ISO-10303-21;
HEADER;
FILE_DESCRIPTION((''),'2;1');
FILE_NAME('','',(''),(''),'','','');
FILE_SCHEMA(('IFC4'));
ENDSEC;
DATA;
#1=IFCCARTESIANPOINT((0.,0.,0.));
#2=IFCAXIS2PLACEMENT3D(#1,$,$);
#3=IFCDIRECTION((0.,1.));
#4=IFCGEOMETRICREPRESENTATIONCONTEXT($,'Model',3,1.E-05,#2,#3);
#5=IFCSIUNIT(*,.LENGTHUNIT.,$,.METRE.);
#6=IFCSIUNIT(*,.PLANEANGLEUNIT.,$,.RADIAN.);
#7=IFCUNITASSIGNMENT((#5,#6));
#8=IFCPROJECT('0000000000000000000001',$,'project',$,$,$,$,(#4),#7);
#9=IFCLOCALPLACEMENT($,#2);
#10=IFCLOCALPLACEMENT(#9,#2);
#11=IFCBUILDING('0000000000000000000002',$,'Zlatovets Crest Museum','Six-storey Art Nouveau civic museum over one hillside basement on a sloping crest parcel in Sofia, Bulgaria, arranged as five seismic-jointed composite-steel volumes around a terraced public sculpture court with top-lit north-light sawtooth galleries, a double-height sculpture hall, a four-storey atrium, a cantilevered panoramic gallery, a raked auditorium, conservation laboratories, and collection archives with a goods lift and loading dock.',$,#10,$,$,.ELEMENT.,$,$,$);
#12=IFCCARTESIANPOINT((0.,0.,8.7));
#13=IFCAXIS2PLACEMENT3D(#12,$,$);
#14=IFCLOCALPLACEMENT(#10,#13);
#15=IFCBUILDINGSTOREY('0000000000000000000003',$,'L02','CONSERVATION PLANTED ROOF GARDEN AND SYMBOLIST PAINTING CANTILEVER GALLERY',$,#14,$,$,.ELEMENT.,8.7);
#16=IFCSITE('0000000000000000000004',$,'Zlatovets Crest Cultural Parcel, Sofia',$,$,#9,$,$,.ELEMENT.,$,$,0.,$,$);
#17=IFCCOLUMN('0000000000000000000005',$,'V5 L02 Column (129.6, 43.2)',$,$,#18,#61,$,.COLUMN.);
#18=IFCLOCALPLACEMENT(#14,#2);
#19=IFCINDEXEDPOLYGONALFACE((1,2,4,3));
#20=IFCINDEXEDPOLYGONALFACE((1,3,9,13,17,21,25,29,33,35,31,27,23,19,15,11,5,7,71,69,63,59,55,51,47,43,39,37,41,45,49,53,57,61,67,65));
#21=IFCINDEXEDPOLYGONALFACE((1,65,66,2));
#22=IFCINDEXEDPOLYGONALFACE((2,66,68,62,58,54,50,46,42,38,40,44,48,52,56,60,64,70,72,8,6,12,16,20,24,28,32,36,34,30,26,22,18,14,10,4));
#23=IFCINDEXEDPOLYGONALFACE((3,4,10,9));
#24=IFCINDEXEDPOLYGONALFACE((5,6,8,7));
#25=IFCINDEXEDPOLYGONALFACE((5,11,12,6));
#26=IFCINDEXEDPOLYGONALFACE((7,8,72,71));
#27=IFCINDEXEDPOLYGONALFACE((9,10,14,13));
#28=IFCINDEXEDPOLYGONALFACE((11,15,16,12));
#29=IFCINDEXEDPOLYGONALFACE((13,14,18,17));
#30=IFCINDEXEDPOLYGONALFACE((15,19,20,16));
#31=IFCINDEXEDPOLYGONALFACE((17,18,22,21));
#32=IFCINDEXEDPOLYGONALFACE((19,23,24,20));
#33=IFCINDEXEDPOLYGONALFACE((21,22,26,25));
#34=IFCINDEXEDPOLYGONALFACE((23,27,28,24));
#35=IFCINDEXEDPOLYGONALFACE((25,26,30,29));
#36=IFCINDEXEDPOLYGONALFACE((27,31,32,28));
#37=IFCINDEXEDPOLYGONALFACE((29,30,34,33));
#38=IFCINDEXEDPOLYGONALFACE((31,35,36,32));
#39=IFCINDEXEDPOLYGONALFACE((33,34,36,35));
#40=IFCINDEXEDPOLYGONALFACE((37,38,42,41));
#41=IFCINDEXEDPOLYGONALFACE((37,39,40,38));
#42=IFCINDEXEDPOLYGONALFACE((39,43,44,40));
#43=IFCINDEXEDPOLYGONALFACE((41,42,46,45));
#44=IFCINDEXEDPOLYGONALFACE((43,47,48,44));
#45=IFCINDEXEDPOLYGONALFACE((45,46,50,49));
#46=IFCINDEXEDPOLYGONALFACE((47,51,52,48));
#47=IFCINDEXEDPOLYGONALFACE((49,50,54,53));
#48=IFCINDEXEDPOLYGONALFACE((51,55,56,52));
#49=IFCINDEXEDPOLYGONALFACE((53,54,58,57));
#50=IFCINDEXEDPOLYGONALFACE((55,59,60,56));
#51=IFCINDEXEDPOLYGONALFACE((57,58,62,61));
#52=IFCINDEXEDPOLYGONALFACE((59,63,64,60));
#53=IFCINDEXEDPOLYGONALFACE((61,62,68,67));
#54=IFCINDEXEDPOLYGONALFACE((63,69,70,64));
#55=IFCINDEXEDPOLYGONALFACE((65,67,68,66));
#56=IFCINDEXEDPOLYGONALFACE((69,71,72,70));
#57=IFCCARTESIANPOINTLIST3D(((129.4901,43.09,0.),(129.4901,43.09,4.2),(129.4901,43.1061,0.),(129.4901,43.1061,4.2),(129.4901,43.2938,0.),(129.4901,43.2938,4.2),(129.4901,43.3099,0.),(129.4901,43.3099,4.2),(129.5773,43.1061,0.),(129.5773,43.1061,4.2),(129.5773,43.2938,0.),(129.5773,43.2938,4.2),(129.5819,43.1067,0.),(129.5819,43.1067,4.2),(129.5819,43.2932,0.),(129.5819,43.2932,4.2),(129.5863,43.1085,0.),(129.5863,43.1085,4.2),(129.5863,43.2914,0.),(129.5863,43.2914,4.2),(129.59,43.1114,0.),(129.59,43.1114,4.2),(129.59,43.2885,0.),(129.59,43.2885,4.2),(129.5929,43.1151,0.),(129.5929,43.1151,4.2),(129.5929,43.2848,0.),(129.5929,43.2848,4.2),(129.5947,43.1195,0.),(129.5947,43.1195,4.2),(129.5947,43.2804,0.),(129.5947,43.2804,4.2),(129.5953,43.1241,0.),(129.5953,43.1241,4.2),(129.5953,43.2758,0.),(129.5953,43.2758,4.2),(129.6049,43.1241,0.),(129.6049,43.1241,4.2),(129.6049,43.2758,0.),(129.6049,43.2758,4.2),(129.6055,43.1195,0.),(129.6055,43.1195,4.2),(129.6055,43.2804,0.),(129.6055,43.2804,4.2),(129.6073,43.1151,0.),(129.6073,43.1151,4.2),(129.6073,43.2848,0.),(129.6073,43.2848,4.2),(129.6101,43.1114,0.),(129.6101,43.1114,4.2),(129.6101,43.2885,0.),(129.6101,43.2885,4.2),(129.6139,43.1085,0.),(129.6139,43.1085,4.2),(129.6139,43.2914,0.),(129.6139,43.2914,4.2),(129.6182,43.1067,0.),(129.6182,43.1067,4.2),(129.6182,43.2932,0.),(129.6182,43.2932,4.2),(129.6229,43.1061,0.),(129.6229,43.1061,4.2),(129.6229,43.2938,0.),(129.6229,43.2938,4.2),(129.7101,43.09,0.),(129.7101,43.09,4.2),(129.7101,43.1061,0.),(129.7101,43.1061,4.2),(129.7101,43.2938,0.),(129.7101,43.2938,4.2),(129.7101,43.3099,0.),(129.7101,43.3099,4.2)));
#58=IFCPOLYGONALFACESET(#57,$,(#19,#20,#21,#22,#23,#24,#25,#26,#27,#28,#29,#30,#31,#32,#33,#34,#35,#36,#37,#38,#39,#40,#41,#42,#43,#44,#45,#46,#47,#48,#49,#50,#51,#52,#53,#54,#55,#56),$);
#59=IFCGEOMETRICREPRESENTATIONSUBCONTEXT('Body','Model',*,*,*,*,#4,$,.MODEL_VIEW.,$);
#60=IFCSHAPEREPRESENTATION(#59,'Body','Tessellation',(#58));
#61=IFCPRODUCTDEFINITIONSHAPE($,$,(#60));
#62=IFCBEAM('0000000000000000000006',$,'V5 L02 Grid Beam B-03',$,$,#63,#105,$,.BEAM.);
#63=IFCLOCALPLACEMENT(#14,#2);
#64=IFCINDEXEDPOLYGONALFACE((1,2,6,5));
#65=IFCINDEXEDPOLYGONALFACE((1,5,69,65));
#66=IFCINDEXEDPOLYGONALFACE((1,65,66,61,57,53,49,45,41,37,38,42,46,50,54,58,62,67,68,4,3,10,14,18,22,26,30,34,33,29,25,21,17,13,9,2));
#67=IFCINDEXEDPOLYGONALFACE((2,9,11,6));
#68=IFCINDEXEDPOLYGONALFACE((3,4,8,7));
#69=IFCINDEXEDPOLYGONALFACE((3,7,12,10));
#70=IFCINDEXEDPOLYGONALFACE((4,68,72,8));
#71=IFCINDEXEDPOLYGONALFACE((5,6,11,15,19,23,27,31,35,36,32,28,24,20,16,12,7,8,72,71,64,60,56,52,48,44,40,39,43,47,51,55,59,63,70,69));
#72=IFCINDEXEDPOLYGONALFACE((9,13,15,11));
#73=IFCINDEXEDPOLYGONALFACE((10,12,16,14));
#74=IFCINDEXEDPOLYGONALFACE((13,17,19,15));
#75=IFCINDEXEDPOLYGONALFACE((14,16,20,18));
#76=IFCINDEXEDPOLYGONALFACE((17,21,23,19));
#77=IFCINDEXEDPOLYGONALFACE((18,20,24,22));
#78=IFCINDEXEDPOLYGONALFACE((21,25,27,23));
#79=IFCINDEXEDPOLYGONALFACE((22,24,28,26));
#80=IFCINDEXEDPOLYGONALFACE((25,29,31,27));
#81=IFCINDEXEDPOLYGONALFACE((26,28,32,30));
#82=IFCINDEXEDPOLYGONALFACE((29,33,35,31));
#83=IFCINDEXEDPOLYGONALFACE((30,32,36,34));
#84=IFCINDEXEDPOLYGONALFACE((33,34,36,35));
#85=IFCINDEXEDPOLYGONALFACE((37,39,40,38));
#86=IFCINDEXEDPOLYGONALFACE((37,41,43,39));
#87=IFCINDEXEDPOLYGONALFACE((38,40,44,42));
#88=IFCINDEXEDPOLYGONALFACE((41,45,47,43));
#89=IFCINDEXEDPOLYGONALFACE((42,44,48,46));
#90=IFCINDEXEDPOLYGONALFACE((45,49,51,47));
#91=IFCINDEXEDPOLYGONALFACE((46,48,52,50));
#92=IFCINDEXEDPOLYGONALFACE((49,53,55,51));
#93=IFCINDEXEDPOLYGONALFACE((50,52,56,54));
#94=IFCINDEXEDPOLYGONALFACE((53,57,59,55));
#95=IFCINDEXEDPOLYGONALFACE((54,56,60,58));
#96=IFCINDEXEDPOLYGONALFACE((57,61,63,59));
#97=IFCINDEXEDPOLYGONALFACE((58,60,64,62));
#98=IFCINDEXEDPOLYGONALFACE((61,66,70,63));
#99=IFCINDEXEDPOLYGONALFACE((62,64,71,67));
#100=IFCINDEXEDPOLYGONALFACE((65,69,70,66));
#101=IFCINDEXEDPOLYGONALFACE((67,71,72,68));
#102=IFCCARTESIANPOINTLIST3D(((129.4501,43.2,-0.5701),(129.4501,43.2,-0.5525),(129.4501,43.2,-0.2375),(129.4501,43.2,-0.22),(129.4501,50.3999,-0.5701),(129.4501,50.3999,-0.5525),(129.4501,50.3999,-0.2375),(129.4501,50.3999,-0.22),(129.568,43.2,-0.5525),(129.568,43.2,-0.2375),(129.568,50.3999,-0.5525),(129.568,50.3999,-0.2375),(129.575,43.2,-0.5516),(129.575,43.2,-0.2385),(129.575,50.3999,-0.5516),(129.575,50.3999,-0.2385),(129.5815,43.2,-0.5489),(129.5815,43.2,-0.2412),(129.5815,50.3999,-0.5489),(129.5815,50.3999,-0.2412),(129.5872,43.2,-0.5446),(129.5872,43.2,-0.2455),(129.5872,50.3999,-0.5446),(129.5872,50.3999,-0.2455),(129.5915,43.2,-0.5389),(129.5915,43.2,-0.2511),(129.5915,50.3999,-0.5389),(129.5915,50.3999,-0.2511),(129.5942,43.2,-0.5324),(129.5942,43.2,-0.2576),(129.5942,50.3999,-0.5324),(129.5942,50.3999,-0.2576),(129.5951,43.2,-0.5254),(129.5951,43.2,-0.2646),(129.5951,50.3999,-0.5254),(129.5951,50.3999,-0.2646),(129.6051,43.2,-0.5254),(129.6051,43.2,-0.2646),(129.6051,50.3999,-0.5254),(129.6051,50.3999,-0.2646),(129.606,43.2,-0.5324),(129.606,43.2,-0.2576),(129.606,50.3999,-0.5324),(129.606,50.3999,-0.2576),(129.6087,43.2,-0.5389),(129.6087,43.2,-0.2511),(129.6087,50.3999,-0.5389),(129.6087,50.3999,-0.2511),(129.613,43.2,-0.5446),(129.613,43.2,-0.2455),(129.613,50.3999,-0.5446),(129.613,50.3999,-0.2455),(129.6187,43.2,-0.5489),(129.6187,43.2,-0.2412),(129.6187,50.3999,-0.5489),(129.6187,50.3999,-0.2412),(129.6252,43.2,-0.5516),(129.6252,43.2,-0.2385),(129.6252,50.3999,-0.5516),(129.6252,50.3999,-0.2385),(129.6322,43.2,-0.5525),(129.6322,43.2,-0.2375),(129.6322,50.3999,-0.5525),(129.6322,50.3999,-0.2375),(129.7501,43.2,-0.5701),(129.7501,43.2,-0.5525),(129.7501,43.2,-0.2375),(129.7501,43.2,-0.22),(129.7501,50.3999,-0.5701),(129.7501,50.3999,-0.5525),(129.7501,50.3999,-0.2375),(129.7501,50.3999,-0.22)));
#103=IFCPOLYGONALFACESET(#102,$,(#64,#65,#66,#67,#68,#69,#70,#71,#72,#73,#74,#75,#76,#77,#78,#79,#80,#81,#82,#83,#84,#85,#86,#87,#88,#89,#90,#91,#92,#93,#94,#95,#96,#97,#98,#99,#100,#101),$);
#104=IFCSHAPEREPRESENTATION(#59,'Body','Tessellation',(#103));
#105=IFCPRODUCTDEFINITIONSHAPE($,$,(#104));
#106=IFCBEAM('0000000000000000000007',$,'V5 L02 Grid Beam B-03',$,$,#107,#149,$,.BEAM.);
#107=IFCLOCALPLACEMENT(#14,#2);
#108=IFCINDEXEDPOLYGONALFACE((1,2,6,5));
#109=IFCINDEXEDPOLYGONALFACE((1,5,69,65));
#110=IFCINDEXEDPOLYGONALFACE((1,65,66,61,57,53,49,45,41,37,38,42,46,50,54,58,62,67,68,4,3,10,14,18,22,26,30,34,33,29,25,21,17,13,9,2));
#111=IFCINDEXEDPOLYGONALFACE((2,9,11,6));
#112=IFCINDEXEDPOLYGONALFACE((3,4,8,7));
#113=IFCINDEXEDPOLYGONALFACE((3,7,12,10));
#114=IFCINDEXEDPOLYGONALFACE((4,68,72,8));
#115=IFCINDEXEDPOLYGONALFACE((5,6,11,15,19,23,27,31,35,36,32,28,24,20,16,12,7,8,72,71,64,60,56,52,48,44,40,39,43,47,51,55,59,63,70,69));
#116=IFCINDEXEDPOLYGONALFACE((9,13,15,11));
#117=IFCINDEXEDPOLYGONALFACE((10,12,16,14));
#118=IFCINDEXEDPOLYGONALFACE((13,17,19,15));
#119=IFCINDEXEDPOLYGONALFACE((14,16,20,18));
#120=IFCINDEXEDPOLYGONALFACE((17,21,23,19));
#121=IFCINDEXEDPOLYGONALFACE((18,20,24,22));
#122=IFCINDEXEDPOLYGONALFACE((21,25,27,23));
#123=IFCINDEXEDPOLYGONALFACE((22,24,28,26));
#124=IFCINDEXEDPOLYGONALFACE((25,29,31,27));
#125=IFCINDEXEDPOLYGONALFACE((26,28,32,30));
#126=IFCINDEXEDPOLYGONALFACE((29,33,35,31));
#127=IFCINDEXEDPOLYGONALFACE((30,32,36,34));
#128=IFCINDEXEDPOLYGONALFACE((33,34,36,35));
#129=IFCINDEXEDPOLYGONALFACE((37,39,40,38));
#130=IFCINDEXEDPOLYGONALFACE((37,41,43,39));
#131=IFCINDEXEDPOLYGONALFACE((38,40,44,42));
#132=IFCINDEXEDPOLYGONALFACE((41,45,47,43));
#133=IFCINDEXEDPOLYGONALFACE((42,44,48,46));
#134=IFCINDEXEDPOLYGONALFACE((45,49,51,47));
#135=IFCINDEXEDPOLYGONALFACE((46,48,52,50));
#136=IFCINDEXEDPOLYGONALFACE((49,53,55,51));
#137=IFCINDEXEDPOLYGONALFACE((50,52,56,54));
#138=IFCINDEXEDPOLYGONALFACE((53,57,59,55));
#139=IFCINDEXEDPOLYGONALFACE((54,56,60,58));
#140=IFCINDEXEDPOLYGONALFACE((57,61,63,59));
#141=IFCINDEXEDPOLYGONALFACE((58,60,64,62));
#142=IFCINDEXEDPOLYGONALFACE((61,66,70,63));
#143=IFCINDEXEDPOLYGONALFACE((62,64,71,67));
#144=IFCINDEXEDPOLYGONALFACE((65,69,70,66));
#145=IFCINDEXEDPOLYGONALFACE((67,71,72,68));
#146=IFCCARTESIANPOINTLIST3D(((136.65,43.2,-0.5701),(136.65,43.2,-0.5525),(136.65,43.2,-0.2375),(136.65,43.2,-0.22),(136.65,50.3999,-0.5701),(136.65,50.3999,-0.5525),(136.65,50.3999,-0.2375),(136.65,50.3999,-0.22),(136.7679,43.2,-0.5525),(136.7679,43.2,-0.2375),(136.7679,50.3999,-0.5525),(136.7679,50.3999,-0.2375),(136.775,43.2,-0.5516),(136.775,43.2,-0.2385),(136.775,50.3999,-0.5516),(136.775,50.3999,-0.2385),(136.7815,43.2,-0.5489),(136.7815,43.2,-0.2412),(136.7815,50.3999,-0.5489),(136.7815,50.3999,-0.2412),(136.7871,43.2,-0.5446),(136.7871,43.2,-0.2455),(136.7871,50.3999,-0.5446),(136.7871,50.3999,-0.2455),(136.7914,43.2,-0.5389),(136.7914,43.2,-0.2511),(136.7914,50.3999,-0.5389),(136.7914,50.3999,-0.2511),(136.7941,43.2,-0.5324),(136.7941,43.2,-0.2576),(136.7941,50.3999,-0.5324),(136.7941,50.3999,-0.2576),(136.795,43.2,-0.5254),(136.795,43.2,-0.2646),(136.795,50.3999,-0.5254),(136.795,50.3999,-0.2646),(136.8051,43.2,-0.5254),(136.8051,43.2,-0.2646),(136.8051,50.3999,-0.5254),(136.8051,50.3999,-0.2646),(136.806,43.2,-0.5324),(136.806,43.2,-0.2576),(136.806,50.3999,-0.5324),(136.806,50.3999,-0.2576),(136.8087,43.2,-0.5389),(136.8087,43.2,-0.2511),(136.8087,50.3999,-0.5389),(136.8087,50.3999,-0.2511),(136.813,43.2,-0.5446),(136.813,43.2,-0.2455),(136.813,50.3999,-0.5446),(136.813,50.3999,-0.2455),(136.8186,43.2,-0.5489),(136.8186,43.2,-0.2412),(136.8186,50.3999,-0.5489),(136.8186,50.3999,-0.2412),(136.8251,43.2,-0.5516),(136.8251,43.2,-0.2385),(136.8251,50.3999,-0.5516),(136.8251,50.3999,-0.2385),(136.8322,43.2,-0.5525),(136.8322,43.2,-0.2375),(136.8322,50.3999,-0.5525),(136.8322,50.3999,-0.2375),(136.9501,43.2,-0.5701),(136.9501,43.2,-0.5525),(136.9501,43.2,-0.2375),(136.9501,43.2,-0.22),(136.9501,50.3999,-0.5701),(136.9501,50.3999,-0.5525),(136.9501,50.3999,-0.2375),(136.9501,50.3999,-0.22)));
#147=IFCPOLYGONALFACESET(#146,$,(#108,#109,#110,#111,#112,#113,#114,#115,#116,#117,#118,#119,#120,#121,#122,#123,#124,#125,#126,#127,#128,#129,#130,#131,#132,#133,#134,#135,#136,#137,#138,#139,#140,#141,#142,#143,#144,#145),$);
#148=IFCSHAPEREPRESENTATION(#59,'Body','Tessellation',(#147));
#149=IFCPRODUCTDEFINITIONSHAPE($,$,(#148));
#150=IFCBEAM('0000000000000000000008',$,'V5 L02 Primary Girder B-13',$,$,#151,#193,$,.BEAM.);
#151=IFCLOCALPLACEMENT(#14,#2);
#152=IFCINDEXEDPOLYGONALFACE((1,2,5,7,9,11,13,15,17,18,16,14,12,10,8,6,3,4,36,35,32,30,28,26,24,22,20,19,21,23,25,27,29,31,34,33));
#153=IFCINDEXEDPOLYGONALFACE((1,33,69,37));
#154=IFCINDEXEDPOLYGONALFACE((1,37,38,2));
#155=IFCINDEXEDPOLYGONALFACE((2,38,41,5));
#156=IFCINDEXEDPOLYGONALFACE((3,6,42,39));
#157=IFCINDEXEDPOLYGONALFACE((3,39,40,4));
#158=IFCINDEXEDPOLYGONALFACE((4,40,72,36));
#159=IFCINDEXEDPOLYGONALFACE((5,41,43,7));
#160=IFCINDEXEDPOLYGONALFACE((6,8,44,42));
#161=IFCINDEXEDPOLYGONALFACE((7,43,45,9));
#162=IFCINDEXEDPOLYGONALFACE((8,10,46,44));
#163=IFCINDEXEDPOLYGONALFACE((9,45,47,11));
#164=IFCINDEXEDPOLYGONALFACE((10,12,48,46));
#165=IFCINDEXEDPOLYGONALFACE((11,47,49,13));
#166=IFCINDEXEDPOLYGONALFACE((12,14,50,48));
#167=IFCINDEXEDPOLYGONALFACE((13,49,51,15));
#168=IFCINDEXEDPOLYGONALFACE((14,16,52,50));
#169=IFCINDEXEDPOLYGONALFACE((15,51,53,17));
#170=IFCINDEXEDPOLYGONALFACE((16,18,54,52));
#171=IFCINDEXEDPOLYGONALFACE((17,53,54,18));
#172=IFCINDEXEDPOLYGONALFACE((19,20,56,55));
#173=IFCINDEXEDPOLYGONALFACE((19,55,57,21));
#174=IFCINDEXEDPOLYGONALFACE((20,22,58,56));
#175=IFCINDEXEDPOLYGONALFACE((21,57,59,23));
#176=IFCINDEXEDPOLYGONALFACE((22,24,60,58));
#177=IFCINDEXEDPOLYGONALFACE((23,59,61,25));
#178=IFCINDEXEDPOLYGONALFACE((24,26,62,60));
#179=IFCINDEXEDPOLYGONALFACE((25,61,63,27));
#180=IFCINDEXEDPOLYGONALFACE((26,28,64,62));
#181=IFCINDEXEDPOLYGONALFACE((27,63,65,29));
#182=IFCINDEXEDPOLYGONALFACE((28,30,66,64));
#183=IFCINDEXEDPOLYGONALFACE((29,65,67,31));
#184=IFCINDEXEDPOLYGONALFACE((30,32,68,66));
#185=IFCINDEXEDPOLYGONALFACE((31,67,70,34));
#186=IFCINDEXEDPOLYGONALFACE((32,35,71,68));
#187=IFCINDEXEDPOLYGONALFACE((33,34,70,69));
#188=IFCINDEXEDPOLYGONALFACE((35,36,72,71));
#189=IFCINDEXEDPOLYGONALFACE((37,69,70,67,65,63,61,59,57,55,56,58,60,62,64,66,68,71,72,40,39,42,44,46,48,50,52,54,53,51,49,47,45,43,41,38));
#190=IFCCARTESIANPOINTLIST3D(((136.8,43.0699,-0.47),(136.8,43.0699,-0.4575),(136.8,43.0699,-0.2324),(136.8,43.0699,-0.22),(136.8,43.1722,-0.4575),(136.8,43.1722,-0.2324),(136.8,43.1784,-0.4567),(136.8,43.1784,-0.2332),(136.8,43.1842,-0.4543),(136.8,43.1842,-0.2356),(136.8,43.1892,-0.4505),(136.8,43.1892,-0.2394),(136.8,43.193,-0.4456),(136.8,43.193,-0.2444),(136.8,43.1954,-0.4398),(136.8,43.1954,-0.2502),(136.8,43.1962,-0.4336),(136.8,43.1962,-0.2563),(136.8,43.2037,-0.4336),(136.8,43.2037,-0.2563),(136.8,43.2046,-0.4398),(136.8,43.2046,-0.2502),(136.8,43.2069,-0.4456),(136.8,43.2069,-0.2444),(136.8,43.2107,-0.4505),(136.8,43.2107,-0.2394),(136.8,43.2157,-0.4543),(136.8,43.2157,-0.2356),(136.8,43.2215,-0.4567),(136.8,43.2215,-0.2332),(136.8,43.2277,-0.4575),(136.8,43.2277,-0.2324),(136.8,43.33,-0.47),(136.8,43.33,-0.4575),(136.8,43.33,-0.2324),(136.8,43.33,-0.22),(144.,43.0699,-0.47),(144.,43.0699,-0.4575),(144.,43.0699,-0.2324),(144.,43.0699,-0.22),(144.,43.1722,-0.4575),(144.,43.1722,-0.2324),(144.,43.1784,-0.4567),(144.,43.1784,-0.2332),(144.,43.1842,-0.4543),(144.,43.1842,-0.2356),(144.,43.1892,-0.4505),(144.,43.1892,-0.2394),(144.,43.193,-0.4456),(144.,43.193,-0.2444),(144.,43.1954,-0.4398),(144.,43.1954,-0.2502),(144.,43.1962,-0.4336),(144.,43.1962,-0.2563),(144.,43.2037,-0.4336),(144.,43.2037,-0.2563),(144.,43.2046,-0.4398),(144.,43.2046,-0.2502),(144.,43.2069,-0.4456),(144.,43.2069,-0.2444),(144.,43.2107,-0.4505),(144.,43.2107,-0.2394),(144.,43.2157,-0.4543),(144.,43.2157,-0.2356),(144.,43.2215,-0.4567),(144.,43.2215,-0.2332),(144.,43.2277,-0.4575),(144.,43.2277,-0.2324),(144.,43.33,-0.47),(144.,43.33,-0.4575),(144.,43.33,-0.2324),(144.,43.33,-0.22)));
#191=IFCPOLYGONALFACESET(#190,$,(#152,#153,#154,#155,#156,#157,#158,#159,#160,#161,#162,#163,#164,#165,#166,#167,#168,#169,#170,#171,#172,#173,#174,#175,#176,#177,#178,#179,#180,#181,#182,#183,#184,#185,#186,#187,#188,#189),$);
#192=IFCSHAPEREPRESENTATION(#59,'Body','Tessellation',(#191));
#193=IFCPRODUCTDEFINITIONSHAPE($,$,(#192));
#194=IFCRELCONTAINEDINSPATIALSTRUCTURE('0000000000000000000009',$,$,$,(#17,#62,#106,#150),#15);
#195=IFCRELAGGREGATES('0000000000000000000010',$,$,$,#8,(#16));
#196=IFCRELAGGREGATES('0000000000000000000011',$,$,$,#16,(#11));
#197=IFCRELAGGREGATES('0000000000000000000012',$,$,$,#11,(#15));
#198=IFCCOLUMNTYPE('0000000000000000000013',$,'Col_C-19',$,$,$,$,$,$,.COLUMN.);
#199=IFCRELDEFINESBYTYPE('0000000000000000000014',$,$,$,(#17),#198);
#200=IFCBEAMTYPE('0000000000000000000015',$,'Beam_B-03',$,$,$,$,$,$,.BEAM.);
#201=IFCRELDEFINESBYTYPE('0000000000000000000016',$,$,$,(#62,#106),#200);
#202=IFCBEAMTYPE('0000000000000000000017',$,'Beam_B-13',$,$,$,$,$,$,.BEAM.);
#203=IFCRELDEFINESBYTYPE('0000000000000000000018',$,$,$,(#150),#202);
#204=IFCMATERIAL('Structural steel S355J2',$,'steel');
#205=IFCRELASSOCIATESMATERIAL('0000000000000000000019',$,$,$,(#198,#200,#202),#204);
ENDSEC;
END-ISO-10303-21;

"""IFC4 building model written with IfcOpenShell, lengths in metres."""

from ifc_helpers import new_model, si_unit, direction, frame, origin, origin_2d, place, context, subcontext, project, spatial, i_section, extrude, material, material_profile, profile_set, type_object, element, save


model = new_model("IFC4")

# Units and contexts
model_context = context("Model", 3, precision=1e-05, world=origin(), true_north=direction((0.0, 1.0)))
body_context = subcontext(model_context, "Body", "Model", "MODEL_VIEW")
ifc_project = project(units=[si_unit("LENGTHUNIT", "METRE"), si_unit("PLANEANGLEUNIT", "RADIAN")], contexts=[model_context])

# Site, building, storey
site_placement = place(None, origin())
site = spatial("IfcSite", under=ifc_project, at=site_placement, Name="Zlatovets Crest Cultural Parcel, Sofia", CompositionType="ELEMENT", RefElevation=0.0)
building_placement = place(site_placement, origin())
building = spatial("IfcBuilding", under=site, at=building_placement, Name="Zlatovets Crest Museum", Description="Six-storey Art Nouveau civic museum over one hillside basement on a sloping crest parcel in Sofia, Bulgaria, arranged as five seismic-jointed composite-steel volumes around a terraced public sculpture court with top-lit north-light sawtooth galleries, a double-height sculpture hall, a four-storey atrium, a cantilevered panoramic gallery, a raked auditorium, conservation laboratories, and collection archives with a goods lift and loading dock.", CompositionType="ELEMENT")
storey_placement = place(building_placement, frame((0.0, 0.0, 8.7)))
storey = spatial("IfcBuildingStorey", under=building, at=storey_placement, Name="L02", Description="CONSERVATION PLANTED ROOF GARDEN AND SYMBOLIST PAINTING CANTILEVER GALLERY", CompositionType="ELEMENT", Elevation=8.7)

# Column
ifc_material_1 = material(Name="Structural steel S355J2", Category="steel")
ifc_material_profile_1 = material_profile(ifc_material_1, i_section(OverallWidth=0.22, OverallDepth=0.22, WebThickness=0.0095, FlangeThickness=0.0161, FilletRadius=0.0181, at=origin_2d()), Name="HEB 220")
ifc_profile_set_1 = profile_set([ifc_material_profile_1], Name="Structural steel S355J2")
column_type = type_object("IfcColumnType", Name="Col_C-19", PredefinedType="COLUMN", material=ifc_profile_set_1)
column_placement = place(storey_placement, frame((129.6001, 43.2, 0.0), z_axis=(0.0, 0.0, 1.0), x_axis=(1.0, 0.0, 0.0)))
element("IfcColumn", 1, at=column_placement, inside=storey, type_object=column_type, Name="V5 L02 Column (129.6, 43.2)", PredefinedType="COLUMN", context=body_context, shape_type="SweptSolid", body=[
    extrude(i_section(OverallWidth=0.22, OverallDepth=0.22, WebThickness=0.0095, FlangeThickness=0.0161, FilletRadius=0.0181, at=origin_2d()), origin(), (0.0, 0.0, 1.0), 4.2),
])

# Beams
ifc_material_profile_2 = material_profile(ifc_material_1, i_section(OverallWidth=0.3, OverallDepth=0.3501, WebThickness=0.01, FlangeThickness=0.0176, FilletRadius=0.0271, at=origin_2d()), Name="HEA 360")
ifc_profile_set_2 = profile_set([ifc_material_profile_2], Name="Structural steel S355J2")
beam_type_1 = type_object("IfcBeamType", Name="Beam_B-03", PredefinedType="BEAM", material=ifc_profile_set_2)
for number, where, z_axis, x_axis, name in (
    (2, (129.6001, 43.2, -0.395), (0.0, 1.0, 0.0), (-1.0, 0.0, 0.0), "V5 L02 Grid Beam B-03"),
    (3, (136.8, 43.2, -0.395), (0.0, 1.0, 0.0), (-1.0, 0.0, 0.0), "V5 L02 Grid Beam B-03"),
):
    element("IfcBeam", number, at=place(storey_placement, frame(where, z_axis=z_axis, x_axis=x_axis)), inside=storey, type_object=beam_type_1, Name=name, PredefinedType="BEAM", context=body_context, shape_type="SweptSolid", body=[
        extrude(i_section(OverallWidth=0.3, OverallDepth=0.3501, WebThickness=0.01, FlangeThickness=0.0176, FilletRadius=0.0271, at=origin_2d()), origin(), (0.0, 0.0, 1.0), 7.2),
    ])
ifc_material_profile_3 = material_profile(ifc_material_1, i_section(OverallWidth=0.26, OverallDepth=0.25, WebThickness=0.0076, FlangeThickness=0.0125, FilletRadius=0.0239, at=origin_2d()), Name="HEA 260")
ifc_profile_set_3 = profile_set([ifc_material_profile_3], Name="Structural steel S355J2")
beam_type_2 = type_object("IfcBeamType", Name="Beam_B-13", PredefinedType="BEAM", material=ifc_profile_set_3)
beam_placement = place(storey_placement, frame((136.8, 43.2, -0.345), z_axis=(1.0, 0.0, 0.0), x_axis=(0.0, 1.0, 0.0)))
element("IfcBeam", 4, at=beam_placement, inside=storey, type_object=beam_type_2, Name="V5 L02 Primary Girder B-13", PredefinedType="BEAM", context=body_context, shape_type="SweptSolid", body=[
    extrude(i_section(OverallWidth=0.26, OverallDepth=0.25, WebThickness=0.0076, FlangeThickness=0.0125, FilletRadius=0.0239, at=origin_2d()), origin(), (0.0, 0.0, 1.0), 7.2),
])

save(model, "model.ifc")
